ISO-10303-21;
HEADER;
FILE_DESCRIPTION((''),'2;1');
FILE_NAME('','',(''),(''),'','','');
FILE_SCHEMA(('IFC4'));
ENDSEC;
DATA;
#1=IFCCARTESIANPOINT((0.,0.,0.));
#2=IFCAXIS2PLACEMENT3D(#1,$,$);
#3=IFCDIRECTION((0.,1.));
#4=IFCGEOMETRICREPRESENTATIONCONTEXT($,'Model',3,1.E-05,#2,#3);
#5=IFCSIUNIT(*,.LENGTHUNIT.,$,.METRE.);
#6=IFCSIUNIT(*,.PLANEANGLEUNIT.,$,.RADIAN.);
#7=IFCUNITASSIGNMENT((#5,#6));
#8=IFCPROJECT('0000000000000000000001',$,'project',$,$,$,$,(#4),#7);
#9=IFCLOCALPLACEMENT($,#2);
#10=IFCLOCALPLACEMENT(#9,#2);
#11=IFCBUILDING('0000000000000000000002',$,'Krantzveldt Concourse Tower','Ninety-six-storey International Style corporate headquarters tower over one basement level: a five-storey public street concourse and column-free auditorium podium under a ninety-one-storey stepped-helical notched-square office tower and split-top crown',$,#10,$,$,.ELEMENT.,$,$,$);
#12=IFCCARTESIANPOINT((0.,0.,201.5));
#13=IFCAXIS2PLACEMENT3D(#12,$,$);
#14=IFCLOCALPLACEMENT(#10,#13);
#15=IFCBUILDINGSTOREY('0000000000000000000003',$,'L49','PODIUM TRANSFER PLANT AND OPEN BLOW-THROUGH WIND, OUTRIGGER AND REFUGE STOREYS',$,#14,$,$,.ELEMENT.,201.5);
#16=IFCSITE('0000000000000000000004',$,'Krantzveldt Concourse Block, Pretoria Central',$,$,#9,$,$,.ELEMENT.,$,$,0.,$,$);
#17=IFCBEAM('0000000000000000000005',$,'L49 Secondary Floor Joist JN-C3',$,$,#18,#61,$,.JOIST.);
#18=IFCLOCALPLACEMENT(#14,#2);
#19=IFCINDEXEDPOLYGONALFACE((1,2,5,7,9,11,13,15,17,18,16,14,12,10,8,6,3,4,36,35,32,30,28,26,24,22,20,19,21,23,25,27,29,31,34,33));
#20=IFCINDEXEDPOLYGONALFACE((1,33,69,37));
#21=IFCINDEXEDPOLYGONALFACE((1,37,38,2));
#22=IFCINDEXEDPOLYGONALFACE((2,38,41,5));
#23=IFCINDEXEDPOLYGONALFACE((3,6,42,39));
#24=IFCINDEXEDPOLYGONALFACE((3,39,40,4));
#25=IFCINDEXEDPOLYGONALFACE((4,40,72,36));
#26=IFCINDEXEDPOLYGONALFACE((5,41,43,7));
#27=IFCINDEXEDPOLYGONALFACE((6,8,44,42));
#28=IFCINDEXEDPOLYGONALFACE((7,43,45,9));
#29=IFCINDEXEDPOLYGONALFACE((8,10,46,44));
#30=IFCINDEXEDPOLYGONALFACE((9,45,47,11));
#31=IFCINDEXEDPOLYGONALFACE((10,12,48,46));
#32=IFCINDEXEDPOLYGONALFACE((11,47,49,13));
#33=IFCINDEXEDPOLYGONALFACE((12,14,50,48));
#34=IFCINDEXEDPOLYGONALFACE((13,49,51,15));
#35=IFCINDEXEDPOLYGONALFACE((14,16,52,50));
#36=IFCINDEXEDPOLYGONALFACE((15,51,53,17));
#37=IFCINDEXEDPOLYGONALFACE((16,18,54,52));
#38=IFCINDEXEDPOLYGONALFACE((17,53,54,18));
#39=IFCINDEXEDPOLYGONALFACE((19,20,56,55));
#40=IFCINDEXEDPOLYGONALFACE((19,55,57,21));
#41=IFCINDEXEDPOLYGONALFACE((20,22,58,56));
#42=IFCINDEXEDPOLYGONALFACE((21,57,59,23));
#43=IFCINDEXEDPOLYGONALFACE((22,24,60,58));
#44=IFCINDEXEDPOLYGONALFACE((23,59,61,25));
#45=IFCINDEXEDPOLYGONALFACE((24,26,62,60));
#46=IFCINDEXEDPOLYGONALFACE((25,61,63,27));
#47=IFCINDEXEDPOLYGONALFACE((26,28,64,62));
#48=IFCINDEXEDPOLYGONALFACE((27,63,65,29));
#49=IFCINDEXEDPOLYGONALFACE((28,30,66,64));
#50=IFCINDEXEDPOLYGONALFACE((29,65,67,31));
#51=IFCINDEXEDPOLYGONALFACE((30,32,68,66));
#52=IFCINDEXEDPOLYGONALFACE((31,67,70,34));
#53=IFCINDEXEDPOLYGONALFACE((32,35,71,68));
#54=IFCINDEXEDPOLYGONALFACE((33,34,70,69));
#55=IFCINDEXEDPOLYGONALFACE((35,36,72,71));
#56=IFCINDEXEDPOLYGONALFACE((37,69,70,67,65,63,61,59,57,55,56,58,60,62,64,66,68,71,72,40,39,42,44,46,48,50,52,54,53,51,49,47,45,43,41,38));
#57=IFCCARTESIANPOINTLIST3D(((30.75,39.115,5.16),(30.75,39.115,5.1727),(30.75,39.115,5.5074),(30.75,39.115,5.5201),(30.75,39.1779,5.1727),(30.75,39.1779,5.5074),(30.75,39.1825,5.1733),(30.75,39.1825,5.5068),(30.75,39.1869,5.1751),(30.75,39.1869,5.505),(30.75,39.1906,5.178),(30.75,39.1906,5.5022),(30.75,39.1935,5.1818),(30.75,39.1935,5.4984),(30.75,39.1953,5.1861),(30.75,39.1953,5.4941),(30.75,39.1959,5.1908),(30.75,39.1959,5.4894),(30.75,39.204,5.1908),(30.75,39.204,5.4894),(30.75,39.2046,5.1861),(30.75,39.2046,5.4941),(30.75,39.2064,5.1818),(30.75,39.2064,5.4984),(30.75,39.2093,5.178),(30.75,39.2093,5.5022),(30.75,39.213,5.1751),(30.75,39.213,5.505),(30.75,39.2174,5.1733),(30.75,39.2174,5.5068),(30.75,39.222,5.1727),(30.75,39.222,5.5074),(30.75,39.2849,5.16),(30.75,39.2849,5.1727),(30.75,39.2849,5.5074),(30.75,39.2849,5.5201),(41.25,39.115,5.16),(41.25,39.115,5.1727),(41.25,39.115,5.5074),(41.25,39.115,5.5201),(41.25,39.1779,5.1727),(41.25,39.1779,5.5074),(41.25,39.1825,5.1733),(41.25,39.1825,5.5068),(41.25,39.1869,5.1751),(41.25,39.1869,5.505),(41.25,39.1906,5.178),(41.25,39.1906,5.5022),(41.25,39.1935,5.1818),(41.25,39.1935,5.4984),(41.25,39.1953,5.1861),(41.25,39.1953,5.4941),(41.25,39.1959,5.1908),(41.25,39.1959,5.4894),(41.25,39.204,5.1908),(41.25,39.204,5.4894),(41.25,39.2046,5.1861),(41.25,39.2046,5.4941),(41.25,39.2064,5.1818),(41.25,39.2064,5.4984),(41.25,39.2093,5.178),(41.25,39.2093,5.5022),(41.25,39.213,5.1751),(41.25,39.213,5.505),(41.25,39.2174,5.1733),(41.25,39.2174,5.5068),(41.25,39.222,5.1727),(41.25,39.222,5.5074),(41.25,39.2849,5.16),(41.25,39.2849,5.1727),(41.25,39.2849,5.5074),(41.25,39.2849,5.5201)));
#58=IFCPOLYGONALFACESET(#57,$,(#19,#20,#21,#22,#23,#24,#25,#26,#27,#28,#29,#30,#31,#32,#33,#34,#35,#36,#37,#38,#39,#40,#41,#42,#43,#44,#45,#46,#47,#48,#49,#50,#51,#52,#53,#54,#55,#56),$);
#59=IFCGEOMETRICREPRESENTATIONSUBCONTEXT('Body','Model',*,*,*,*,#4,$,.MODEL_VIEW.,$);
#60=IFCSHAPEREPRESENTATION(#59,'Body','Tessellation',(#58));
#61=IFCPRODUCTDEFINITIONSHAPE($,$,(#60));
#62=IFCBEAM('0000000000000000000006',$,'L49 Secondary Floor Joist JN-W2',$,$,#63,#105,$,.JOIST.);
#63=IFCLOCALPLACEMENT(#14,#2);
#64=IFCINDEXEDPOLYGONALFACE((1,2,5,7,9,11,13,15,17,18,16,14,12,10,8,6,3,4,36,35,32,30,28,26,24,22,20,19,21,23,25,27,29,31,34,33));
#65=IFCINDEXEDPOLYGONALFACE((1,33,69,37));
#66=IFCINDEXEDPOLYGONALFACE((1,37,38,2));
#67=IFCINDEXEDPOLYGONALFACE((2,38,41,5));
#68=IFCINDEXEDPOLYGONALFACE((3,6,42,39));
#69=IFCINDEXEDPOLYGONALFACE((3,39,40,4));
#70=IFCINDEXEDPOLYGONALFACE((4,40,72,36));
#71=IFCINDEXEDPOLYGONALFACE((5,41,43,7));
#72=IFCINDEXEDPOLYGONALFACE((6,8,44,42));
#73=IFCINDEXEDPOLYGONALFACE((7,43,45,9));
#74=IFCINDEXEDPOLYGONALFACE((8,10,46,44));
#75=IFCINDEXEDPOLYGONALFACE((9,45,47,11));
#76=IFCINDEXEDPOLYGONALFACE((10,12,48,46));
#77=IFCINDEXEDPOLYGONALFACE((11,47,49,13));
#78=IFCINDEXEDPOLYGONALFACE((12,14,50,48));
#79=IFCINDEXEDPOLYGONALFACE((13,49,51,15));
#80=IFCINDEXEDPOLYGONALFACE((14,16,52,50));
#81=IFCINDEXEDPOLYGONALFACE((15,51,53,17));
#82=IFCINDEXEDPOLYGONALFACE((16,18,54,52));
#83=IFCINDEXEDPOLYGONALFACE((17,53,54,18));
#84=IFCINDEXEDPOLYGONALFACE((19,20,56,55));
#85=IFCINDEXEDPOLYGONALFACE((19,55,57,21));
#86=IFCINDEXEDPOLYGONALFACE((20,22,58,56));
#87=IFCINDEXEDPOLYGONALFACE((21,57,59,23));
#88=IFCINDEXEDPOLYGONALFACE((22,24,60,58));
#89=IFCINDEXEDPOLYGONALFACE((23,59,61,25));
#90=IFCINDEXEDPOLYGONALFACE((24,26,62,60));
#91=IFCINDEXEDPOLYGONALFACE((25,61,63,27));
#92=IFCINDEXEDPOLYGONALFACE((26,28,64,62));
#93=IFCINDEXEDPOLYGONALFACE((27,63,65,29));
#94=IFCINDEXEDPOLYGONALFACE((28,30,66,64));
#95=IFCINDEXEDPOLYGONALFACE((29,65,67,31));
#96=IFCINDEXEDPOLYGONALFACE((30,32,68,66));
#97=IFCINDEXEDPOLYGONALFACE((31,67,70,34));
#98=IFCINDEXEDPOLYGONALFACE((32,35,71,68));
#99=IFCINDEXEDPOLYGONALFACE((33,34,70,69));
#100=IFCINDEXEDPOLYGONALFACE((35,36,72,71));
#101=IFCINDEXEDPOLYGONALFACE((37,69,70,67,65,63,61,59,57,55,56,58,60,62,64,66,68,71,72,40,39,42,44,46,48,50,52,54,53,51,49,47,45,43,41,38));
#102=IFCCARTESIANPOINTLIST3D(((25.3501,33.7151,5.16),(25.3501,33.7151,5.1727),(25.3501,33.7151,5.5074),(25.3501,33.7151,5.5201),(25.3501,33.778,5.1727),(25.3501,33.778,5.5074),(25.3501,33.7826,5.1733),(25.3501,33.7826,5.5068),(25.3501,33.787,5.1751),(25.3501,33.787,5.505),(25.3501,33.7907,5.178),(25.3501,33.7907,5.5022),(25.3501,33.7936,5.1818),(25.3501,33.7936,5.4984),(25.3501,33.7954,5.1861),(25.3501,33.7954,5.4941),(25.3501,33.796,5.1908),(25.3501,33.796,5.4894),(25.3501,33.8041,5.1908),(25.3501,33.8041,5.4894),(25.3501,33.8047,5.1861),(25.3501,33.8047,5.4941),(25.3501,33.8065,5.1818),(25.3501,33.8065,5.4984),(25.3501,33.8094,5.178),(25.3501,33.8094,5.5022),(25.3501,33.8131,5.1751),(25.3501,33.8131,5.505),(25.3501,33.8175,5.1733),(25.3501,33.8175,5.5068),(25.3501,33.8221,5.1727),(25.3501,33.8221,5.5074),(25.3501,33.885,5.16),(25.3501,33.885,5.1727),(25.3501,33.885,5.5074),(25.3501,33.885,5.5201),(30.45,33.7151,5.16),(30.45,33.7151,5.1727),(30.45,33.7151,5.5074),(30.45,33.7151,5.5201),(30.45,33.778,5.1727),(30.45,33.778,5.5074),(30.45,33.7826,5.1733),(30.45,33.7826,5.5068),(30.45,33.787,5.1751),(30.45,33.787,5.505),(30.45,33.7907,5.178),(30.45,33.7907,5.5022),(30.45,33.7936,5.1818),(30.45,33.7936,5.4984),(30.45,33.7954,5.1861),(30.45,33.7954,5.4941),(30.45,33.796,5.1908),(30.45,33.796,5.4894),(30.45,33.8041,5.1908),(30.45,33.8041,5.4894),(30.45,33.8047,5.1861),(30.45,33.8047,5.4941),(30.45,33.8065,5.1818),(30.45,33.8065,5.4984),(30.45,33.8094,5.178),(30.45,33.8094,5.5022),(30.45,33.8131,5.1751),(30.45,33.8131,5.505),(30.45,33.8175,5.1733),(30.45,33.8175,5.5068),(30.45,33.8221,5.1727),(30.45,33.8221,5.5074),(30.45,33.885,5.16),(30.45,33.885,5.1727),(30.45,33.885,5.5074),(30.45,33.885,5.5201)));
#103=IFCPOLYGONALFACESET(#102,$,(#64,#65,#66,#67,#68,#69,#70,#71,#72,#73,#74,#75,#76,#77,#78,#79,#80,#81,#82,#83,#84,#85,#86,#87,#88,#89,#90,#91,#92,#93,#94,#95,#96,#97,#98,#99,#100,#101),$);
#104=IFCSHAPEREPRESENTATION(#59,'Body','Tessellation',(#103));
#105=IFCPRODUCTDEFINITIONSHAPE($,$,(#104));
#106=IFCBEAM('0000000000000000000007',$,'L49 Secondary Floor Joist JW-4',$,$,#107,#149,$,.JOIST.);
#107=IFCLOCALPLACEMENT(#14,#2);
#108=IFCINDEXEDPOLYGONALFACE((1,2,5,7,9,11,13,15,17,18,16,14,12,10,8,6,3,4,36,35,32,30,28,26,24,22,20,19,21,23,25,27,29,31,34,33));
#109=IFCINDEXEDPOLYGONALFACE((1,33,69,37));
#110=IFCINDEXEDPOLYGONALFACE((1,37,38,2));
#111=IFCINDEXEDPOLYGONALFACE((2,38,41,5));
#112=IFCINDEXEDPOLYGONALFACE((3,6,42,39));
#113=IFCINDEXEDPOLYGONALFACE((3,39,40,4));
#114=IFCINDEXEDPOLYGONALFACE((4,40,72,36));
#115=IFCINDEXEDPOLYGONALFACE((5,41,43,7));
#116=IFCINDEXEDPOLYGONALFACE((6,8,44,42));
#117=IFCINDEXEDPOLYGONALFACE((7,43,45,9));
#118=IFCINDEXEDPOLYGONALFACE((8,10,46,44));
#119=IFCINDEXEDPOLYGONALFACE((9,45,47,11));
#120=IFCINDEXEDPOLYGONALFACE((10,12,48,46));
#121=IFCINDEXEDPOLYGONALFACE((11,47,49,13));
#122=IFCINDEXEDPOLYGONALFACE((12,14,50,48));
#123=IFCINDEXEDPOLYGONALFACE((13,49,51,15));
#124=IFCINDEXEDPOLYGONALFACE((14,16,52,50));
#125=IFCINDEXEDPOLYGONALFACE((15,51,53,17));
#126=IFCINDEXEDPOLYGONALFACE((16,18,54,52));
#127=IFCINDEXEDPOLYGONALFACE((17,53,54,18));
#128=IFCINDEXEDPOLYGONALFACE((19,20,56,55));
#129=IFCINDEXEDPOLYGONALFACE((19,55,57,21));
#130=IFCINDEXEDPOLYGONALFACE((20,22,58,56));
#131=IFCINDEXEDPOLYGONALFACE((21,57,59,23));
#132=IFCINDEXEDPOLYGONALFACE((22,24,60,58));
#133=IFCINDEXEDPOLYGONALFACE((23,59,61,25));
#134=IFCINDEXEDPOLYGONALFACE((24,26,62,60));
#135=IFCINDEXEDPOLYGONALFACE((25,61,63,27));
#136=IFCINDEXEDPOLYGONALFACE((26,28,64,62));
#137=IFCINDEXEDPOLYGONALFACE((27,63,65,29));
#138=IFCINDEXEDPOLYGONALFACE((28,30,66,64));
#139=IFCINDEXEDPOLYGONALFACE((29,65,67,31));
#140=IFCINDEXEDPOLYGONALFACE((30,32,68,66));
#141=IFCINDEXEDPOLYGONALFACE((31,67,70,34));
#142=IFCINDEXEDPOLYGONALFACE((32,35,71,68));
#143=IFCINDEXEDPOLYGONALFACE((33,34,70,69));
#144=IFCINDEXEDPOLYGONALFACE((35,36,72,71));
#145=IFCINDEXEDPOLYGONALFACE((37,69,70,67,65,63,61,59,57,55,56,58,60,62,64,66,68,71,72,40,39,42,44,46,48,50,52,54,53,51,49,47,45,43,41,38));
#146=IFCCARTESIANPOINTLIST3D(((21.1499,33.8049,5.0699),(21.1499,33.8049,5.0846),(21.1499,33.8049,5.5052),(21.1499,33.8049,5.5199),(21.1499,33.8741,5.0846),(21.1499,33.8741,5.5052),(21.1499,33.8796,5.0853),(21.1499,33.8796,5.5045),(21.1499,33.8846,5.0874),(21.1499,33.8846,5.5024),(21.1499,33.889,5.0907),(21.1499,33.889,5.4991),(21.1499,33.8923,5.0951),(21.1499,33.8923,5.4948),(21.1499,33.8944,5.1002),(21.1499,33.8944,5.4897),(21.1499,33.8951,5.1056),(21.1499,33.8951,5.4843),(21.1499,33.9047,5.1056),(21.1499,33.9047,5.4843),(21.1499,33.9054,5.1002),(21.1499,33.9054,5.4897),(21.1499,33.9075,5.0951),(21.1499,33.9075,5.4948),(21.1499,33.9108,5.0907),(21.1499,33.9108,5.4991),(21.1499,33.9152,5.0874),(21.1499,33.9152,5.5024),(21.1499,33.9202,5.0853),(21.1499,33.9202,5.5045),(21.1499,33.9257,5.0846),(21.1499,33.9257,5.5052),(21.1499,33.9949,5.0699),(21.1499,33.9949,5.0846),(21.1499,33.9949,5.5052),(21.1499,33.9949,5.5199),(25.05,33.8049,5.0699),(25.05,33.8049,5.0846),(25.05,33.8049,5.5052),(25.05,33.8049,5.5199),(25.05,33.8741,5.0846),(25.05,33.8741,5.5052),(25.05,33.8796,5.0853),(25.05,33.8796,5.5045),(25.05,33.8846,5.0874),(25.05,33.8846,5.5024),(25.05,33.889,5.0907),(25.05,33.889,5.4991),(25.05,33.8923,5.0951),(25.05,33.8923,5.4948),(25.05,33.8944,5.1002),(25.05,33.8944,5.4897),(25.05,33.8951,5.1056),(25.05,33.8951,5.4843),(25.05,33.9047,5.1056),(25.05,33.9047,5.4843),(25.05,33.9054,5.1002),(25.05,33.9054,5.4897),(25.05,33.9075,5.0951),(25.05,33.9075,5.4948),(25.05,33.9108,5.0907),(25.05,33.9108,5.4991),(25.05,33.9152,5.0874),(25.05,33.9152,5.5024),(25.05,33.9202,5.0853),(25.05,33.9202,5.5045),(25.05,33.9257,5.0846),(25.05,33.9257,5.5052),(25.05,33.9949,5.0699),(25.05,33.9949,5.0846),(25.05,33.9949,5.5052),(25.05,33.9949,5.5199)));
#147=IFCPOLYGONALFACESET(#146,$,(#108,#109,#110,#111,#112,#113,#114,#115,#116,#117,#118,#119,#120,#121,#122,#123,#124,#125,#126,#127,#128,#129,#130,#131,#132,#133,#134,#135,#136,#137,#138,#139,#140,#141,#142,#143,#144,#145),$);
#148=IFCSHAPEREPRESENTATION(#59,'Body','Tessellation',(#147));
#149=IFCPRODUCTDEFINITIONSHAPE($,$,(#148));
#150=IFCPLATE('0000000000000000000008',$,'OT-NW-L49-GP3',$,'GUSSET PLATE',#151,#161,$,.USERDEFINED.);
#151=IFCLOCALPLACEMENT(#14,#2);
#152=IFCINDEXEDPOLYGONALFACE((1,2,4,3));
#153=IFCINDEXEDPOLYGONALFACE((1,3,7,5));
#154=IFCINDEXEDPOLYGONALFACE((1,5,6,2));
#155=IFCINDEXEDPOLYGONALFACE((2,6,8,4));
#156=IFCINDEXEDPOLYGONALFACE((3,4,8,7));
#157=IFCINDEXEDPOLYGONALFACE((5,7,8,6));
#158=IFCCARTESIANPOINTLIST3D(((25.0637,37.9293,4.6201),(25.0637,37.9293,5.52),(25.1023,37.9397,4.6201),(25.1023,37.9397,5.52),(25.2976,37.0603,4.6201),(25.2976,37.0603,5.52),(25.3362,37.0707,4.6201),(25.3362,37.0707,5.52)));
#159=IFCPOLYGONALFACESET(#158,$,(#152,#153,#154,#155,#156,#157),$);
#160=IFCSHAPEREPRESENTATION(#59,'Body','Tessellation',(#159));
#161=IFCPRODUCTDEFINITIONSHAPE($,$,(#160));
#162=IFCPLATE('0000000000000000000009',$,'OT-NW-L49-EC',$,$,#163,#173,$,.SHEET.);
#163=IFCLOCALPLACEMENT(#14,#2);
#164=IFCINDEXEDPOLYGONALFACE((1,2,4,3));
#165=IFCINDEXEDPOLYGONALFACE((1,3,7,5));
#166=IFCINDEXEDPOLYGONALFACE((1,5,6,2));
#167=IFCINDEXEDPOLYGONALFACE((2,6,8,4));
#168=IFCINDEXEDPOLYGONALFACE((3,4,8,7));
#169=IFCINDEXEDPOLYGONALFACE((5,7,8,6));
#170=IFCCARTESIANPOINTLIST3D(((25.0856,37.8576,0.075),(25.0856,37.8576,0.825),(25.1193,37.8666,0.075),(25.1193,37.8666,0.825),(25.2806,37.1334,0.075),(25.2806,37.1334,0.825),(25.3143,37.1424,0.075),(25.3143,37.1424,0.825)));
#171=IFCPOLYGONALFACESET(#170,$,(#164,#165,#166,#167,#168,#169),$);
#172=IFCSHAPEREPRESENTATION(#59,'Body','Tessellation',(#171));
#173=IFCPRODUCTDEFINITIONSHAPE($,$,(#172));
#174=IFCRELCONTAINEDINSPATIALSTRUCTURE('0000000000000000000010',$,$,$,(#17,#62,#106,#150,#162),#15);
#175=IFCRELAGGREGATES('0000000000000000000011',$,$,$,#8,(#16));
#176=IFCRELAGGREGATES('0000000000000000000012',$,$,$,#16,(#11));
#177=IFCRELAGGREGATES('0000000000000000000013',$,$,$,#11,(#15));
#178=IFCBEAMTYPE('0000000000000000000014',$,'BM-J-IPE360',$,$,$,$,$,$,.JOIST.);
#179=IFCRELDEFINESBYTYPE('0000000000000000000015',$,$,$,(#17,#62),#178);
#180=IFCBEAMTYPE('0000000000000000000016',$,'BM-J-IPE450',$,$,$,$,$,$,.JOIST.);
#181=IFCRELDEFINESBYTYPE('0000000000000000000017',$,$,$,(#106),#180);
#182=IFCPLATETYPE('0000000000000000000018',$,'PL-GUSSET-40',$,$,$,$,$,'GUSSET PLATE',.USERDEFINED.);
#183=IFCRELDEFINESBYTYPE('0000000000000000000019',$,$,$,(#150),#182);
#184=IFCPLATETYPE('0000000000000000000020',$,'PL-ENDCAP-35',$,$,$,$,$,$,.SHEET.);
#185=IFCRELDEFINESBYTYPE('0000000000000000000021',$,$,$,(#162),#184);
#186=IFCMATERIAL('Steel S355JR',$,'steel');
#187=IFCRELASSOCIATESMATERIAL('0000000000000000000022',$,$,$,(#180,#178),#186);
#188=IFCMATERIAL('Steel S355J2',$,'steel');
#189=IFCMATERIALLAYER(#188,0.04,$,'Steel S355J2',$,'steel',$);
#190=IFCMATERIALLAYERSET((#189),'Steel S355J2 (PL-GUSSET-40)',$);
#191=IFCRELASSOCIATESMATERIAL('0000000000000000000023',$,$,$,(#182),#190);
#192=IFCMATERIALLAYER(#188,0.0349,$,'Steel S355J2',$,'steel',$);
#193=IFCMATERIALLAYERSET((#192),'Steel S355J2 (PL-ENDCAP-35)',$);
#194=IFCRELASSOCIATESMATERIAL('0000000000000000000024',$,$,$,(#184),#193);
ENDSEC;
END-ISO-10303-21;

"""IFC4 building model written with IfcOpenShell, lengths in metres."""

from ifc_helpers import new_model, si_unit, direction, frame, origin, origin_2d, place, context, subcontext, project, spatial, rectangle, i_section, extrude, source, transform, mapped, material, layer, layer_set, material_profile, profile_set, type_object, type_shapes, element, save


model = new_model("IFC4")

# Units and contexts
model_context = context("Model", 3, precision=1e-05, world=origin(), true_north=direction((0.0, 1.0)))
body_context = subcontext(model_context, "Body", "Model", "MODEL_VIEW")
ifc_project = project(units=[si_unit("LENGTHUNIT", "METRE"), si_unit("PLANEANGLEUNIT", "RADIAN")], contexts=[model_context])

# Site, building, storey
site_placement = place(None, origin())
site = spatial("IfcSite", under=ifc_project, at=site_placement, Name="Krantzveldt Concourse Block, Pretoria Central", CompositionType="ELEMENT", RefElevation=0.0)
building_placement = place(site_placement, origin())
building = spatial("IfcBuilding", under=site, at=building_placement, Name="Krantzveldt Concourse Tower", Description="Ninety-six-storey International Style corporate headquarters tower over one basement level: a five-storey public street concourse and column-free auditorium podium under a ninety-one-storey stepped-helical notched-square office tower and split-top crown", CompositionType="ELEMENT")
storey_placement = place(building_placement, frame((0.0, 0.0, 201.5)))
storey = spatial("IfcBuildingStorey", under=building, at=storey_placement, Name="L49", Description="PODIUM TRANSFER PLANT AND OPEN BLOW-THROUGH WIND, OUTRIGGER AND REFUGE STOREYS", CompositionType="ELEMENT", Elevation=201.5)

# Shared definitions
ifc_material_1 = material(Name="Steel S355JR", Category="steel")
ifc_material_profile_1 = material_profile(ifc_material_1, i_section(OverallWidth=0.1899, OverallDepth=0.45, WebThickness=0.0095, FlangeThickness=0.0146, FilletRadius=0.021, at=origin_2d()), Name="Steel S355JR", Category="steel")
ifc_profile_set_1 = profile_set([ifc_material_profile_1], Name="Steel S355JR - IPE 450")
beam_type_1 = type_object("IfcBeamType", Name="BM-J-IPE450", PredefinedType="JOIST", material=ifc_profile_set_1)

# Shared definitions
ifc_material_2 = material(Name="Steel S355J2", Category="steel")

# Beams
ifc_material_profile_2 = material_profile(ifc_material_1, i_section(OverallWidth=0.1699, OverallDepth=0.3601, WebThickness=0.0081, FlangeThickness=0.0127, FilletRadius=0.0181, at=origin_2d()), Name="Steel S355JR", Category="steel")
ifc_profile_set_2 = profile_set([ifc_material_profile_2], Name="Steel S355JR - IPE 360")
beam_type_2 = type_object("IfcBeamType", Name="BM-J-IPE360", PredefinedType="JOIST", material=ifc_profile_set_2)
shared_shape_1 = source(origin(), body_context, "Body", "SweptSolid", [
    extrude(i_section(OverallWidth=0.1699, OverallDepth=0.3601, WebThickness=0.0081, FlangeThickness=0.0127, FilletRadius=0.0181, at=origin_2d()), origin(), (0.0, 0.0, 1.0), 10.5),
])
beam_1_placement = place(storey_placement, frame((30.75, 39.2, 5.3401), z_axis=(1.0, 0.0, 0.0), x_axis=(0.0, 1.0, 0.0)))
element("IfcBeam", 1, at=beam_1_placement, inside=storey, type_object=beam_type_2, Name="L49 Secondary Floor Joist JN-C3", PredefinedType="JOIST", context=body_context, shape_type="MappedRepresentation", body=[
    mapped(shared_shape_1, transform((0.0, 0.0, 0.0), x_axis=(1.0, 0.0, 0.0), y_axis=(0.0, 1.0, 0.0), z_axis=(0.0, 0.0, 1.0), scale=1.0)),
])
shared_shape_2 = source(origin(), body_context, "Body", "SweptSolid", [
    extrude(i_section(OverallWidth=0.1699, OverallDepth=0.3601, WebThickness=0.0081, FlangeThickness=0.0127, FilletRadius=0.0181, at=origin_2d()), origin(), (0.0, 0.0, 1.0), 5.0999),
])
type_shapes(beam_type_2, [shared_shape_1, shared_shape_2])
beam_2_placement = place(storey_placement, frame((25.3501, 33.8, 5.3401), z_axis=(1.0, 0.0, 0.0), x_axis=(0.0, 1.0, 0.0)))
element("IfcBeam", 2, at=beam_2_placement, inside=storey, type_object=beam_type_2, Name="L49 Secondary Floor Joist JN-W2", PredefinedType="JOIST", context=body_context, shape_type="MappedRepresentation", body=[
    mapped(shared_shape_2, transform((0.0, 0.0, 0.0), x_axis=(1.0, 0.0, 0.0), y_axis=(0.0, 1.0, 0.0), z_axis=(0.0, 0.0, 1.0), scale=1.0)),
])
shared_shape_3 = source(origin(), body_context, "Body", "SweptSolid", [
    extrude(i_section(OverallWidth=0.1899, OverallDepth=0.45, WebThickness=0.0095, FlangeThickness=0.0146, FilletRadius=0.021, at=origin_2d()), origin(), (0.0, 0.0, 1.0), 3.9001),
])
beam_3_placement = place(storey_placement, frame((21.1499, 33.8999, 5.2949), z_axis=(1.0, 0.0, 0.0), x_axis=(0.0, 1.0, 0.0)))
element("IfcBeam", 3, at=beam_3_placement, inside=storey, type_object=beam_type_1, Name="L49 Secondary Floor Joist JW-4", PredefinedType="JOIST", context=body_context, shape_type="MappedRepresentation", body=[
    mapped(shared_shape_3, transform((0.0, 0.0, 0.0), x_axis=(1.0, 0.0, 0.0), y_axis=(0.0, 1.0, 0.0), z_axis=(0.0, 0.0, 1.0), scale=1.0)),
])

# Plates
ifc_layer_1 = layer(ifc_material_2, 0.04, Name="Steel S355J2", Category="steel")
ifc_layer_set_1 = layer_set([ifc_layer_1], Name="Steel S355J2 (PL-GUSSET-40)")
plate_type_1 = type_object("IfcPlateType", Name="PL-GUSSET-40", ElementType="GUSSET PLATE", PredefinedType="USERDEFINED", material=ifc_layer_set_1)
shared_shape_4 = source(origin(), body_context, "Body", "SweptSolid", [
    extrude(rectangle(XDim=0.8999, YDim=0.04, at=origin_2d()), origin(), (0.0, 0.0, 1.0), 0.8999),
])
type_shapes(plate_type_1, [shared_shape_4])
plate_1_placement = place(storey_placement, frame((25.2, 37.5, 4.6201), z_axis=(0.0, 0.0, 1.0), x_axis=(-0.259915, 0.965632, 0.0)))
element("IfcPlate", 4, at=plate_1_placement, inside=storey, type_object=plate_type_1, Name="OT-NW-L49-GP3", ObjectType="GUSSET PLATE", PredefinedType="USERDEFINED", context=body_context, shape_type="MappedRepresentation", body=[
    mapped(shared_shape_4, transform((0.0, 0.0, 0.0), x_axis=(1.0, 0.0, 0.0), y_axis=(0.0, 1.0, 0.0), z_axis=(0.0, 0.0, 1.0), scale=1.0)),
])
ifc_layer_2 = layer(ifc_material_2, 0.0349, Name="Steel S355J2", Category="steel")
ifc_layer_set_2 = layer_set([ifc_layer_2], Name="Steel S355J2 (PL-ENDCAP-35)")
plate_type_2 = type_object("IfcPlateType", Name="PL-ENDCAP-35", PredefinedType="SHEET", material=ifc_layer_set_2)
shared_shape_5 = source(origin(), body_context, "Body", "SweptSolid", [
    extrude(rectangle(XDim=0.75, YDim=0.0349, at=origin_2d()), origin(), (0.0, 0.0, 1.0), 0.75),
])
type_shapes(plate_type_2, [shared_shape_5])
plate_2_placement = place(storey_placement, frame((25.2, 37.5, 0.075), z_axis=(0.0, 0.0, 1.0), x_axis=(-0.259915, 0.965632, 0.0)))
element("IfcPlate", 5, at=plate_2_placement, inside=storey, type_object=plate_type_2, Name="OT-NW-L49-EC", PredefinedType="SHEET", context=body_context, shape_type="MappedRepresentation", body=[
    mapped(shared_shape_5, transform((0.0, 0.0, 0.0), x_axis=(1.0, 0.0, 0.0), y_axis=(0.0, 1.0, 0.0), z_axis=(0.0, 0.0, 1.0), scale=1.0)),
])

save(model, "model.ifc")
